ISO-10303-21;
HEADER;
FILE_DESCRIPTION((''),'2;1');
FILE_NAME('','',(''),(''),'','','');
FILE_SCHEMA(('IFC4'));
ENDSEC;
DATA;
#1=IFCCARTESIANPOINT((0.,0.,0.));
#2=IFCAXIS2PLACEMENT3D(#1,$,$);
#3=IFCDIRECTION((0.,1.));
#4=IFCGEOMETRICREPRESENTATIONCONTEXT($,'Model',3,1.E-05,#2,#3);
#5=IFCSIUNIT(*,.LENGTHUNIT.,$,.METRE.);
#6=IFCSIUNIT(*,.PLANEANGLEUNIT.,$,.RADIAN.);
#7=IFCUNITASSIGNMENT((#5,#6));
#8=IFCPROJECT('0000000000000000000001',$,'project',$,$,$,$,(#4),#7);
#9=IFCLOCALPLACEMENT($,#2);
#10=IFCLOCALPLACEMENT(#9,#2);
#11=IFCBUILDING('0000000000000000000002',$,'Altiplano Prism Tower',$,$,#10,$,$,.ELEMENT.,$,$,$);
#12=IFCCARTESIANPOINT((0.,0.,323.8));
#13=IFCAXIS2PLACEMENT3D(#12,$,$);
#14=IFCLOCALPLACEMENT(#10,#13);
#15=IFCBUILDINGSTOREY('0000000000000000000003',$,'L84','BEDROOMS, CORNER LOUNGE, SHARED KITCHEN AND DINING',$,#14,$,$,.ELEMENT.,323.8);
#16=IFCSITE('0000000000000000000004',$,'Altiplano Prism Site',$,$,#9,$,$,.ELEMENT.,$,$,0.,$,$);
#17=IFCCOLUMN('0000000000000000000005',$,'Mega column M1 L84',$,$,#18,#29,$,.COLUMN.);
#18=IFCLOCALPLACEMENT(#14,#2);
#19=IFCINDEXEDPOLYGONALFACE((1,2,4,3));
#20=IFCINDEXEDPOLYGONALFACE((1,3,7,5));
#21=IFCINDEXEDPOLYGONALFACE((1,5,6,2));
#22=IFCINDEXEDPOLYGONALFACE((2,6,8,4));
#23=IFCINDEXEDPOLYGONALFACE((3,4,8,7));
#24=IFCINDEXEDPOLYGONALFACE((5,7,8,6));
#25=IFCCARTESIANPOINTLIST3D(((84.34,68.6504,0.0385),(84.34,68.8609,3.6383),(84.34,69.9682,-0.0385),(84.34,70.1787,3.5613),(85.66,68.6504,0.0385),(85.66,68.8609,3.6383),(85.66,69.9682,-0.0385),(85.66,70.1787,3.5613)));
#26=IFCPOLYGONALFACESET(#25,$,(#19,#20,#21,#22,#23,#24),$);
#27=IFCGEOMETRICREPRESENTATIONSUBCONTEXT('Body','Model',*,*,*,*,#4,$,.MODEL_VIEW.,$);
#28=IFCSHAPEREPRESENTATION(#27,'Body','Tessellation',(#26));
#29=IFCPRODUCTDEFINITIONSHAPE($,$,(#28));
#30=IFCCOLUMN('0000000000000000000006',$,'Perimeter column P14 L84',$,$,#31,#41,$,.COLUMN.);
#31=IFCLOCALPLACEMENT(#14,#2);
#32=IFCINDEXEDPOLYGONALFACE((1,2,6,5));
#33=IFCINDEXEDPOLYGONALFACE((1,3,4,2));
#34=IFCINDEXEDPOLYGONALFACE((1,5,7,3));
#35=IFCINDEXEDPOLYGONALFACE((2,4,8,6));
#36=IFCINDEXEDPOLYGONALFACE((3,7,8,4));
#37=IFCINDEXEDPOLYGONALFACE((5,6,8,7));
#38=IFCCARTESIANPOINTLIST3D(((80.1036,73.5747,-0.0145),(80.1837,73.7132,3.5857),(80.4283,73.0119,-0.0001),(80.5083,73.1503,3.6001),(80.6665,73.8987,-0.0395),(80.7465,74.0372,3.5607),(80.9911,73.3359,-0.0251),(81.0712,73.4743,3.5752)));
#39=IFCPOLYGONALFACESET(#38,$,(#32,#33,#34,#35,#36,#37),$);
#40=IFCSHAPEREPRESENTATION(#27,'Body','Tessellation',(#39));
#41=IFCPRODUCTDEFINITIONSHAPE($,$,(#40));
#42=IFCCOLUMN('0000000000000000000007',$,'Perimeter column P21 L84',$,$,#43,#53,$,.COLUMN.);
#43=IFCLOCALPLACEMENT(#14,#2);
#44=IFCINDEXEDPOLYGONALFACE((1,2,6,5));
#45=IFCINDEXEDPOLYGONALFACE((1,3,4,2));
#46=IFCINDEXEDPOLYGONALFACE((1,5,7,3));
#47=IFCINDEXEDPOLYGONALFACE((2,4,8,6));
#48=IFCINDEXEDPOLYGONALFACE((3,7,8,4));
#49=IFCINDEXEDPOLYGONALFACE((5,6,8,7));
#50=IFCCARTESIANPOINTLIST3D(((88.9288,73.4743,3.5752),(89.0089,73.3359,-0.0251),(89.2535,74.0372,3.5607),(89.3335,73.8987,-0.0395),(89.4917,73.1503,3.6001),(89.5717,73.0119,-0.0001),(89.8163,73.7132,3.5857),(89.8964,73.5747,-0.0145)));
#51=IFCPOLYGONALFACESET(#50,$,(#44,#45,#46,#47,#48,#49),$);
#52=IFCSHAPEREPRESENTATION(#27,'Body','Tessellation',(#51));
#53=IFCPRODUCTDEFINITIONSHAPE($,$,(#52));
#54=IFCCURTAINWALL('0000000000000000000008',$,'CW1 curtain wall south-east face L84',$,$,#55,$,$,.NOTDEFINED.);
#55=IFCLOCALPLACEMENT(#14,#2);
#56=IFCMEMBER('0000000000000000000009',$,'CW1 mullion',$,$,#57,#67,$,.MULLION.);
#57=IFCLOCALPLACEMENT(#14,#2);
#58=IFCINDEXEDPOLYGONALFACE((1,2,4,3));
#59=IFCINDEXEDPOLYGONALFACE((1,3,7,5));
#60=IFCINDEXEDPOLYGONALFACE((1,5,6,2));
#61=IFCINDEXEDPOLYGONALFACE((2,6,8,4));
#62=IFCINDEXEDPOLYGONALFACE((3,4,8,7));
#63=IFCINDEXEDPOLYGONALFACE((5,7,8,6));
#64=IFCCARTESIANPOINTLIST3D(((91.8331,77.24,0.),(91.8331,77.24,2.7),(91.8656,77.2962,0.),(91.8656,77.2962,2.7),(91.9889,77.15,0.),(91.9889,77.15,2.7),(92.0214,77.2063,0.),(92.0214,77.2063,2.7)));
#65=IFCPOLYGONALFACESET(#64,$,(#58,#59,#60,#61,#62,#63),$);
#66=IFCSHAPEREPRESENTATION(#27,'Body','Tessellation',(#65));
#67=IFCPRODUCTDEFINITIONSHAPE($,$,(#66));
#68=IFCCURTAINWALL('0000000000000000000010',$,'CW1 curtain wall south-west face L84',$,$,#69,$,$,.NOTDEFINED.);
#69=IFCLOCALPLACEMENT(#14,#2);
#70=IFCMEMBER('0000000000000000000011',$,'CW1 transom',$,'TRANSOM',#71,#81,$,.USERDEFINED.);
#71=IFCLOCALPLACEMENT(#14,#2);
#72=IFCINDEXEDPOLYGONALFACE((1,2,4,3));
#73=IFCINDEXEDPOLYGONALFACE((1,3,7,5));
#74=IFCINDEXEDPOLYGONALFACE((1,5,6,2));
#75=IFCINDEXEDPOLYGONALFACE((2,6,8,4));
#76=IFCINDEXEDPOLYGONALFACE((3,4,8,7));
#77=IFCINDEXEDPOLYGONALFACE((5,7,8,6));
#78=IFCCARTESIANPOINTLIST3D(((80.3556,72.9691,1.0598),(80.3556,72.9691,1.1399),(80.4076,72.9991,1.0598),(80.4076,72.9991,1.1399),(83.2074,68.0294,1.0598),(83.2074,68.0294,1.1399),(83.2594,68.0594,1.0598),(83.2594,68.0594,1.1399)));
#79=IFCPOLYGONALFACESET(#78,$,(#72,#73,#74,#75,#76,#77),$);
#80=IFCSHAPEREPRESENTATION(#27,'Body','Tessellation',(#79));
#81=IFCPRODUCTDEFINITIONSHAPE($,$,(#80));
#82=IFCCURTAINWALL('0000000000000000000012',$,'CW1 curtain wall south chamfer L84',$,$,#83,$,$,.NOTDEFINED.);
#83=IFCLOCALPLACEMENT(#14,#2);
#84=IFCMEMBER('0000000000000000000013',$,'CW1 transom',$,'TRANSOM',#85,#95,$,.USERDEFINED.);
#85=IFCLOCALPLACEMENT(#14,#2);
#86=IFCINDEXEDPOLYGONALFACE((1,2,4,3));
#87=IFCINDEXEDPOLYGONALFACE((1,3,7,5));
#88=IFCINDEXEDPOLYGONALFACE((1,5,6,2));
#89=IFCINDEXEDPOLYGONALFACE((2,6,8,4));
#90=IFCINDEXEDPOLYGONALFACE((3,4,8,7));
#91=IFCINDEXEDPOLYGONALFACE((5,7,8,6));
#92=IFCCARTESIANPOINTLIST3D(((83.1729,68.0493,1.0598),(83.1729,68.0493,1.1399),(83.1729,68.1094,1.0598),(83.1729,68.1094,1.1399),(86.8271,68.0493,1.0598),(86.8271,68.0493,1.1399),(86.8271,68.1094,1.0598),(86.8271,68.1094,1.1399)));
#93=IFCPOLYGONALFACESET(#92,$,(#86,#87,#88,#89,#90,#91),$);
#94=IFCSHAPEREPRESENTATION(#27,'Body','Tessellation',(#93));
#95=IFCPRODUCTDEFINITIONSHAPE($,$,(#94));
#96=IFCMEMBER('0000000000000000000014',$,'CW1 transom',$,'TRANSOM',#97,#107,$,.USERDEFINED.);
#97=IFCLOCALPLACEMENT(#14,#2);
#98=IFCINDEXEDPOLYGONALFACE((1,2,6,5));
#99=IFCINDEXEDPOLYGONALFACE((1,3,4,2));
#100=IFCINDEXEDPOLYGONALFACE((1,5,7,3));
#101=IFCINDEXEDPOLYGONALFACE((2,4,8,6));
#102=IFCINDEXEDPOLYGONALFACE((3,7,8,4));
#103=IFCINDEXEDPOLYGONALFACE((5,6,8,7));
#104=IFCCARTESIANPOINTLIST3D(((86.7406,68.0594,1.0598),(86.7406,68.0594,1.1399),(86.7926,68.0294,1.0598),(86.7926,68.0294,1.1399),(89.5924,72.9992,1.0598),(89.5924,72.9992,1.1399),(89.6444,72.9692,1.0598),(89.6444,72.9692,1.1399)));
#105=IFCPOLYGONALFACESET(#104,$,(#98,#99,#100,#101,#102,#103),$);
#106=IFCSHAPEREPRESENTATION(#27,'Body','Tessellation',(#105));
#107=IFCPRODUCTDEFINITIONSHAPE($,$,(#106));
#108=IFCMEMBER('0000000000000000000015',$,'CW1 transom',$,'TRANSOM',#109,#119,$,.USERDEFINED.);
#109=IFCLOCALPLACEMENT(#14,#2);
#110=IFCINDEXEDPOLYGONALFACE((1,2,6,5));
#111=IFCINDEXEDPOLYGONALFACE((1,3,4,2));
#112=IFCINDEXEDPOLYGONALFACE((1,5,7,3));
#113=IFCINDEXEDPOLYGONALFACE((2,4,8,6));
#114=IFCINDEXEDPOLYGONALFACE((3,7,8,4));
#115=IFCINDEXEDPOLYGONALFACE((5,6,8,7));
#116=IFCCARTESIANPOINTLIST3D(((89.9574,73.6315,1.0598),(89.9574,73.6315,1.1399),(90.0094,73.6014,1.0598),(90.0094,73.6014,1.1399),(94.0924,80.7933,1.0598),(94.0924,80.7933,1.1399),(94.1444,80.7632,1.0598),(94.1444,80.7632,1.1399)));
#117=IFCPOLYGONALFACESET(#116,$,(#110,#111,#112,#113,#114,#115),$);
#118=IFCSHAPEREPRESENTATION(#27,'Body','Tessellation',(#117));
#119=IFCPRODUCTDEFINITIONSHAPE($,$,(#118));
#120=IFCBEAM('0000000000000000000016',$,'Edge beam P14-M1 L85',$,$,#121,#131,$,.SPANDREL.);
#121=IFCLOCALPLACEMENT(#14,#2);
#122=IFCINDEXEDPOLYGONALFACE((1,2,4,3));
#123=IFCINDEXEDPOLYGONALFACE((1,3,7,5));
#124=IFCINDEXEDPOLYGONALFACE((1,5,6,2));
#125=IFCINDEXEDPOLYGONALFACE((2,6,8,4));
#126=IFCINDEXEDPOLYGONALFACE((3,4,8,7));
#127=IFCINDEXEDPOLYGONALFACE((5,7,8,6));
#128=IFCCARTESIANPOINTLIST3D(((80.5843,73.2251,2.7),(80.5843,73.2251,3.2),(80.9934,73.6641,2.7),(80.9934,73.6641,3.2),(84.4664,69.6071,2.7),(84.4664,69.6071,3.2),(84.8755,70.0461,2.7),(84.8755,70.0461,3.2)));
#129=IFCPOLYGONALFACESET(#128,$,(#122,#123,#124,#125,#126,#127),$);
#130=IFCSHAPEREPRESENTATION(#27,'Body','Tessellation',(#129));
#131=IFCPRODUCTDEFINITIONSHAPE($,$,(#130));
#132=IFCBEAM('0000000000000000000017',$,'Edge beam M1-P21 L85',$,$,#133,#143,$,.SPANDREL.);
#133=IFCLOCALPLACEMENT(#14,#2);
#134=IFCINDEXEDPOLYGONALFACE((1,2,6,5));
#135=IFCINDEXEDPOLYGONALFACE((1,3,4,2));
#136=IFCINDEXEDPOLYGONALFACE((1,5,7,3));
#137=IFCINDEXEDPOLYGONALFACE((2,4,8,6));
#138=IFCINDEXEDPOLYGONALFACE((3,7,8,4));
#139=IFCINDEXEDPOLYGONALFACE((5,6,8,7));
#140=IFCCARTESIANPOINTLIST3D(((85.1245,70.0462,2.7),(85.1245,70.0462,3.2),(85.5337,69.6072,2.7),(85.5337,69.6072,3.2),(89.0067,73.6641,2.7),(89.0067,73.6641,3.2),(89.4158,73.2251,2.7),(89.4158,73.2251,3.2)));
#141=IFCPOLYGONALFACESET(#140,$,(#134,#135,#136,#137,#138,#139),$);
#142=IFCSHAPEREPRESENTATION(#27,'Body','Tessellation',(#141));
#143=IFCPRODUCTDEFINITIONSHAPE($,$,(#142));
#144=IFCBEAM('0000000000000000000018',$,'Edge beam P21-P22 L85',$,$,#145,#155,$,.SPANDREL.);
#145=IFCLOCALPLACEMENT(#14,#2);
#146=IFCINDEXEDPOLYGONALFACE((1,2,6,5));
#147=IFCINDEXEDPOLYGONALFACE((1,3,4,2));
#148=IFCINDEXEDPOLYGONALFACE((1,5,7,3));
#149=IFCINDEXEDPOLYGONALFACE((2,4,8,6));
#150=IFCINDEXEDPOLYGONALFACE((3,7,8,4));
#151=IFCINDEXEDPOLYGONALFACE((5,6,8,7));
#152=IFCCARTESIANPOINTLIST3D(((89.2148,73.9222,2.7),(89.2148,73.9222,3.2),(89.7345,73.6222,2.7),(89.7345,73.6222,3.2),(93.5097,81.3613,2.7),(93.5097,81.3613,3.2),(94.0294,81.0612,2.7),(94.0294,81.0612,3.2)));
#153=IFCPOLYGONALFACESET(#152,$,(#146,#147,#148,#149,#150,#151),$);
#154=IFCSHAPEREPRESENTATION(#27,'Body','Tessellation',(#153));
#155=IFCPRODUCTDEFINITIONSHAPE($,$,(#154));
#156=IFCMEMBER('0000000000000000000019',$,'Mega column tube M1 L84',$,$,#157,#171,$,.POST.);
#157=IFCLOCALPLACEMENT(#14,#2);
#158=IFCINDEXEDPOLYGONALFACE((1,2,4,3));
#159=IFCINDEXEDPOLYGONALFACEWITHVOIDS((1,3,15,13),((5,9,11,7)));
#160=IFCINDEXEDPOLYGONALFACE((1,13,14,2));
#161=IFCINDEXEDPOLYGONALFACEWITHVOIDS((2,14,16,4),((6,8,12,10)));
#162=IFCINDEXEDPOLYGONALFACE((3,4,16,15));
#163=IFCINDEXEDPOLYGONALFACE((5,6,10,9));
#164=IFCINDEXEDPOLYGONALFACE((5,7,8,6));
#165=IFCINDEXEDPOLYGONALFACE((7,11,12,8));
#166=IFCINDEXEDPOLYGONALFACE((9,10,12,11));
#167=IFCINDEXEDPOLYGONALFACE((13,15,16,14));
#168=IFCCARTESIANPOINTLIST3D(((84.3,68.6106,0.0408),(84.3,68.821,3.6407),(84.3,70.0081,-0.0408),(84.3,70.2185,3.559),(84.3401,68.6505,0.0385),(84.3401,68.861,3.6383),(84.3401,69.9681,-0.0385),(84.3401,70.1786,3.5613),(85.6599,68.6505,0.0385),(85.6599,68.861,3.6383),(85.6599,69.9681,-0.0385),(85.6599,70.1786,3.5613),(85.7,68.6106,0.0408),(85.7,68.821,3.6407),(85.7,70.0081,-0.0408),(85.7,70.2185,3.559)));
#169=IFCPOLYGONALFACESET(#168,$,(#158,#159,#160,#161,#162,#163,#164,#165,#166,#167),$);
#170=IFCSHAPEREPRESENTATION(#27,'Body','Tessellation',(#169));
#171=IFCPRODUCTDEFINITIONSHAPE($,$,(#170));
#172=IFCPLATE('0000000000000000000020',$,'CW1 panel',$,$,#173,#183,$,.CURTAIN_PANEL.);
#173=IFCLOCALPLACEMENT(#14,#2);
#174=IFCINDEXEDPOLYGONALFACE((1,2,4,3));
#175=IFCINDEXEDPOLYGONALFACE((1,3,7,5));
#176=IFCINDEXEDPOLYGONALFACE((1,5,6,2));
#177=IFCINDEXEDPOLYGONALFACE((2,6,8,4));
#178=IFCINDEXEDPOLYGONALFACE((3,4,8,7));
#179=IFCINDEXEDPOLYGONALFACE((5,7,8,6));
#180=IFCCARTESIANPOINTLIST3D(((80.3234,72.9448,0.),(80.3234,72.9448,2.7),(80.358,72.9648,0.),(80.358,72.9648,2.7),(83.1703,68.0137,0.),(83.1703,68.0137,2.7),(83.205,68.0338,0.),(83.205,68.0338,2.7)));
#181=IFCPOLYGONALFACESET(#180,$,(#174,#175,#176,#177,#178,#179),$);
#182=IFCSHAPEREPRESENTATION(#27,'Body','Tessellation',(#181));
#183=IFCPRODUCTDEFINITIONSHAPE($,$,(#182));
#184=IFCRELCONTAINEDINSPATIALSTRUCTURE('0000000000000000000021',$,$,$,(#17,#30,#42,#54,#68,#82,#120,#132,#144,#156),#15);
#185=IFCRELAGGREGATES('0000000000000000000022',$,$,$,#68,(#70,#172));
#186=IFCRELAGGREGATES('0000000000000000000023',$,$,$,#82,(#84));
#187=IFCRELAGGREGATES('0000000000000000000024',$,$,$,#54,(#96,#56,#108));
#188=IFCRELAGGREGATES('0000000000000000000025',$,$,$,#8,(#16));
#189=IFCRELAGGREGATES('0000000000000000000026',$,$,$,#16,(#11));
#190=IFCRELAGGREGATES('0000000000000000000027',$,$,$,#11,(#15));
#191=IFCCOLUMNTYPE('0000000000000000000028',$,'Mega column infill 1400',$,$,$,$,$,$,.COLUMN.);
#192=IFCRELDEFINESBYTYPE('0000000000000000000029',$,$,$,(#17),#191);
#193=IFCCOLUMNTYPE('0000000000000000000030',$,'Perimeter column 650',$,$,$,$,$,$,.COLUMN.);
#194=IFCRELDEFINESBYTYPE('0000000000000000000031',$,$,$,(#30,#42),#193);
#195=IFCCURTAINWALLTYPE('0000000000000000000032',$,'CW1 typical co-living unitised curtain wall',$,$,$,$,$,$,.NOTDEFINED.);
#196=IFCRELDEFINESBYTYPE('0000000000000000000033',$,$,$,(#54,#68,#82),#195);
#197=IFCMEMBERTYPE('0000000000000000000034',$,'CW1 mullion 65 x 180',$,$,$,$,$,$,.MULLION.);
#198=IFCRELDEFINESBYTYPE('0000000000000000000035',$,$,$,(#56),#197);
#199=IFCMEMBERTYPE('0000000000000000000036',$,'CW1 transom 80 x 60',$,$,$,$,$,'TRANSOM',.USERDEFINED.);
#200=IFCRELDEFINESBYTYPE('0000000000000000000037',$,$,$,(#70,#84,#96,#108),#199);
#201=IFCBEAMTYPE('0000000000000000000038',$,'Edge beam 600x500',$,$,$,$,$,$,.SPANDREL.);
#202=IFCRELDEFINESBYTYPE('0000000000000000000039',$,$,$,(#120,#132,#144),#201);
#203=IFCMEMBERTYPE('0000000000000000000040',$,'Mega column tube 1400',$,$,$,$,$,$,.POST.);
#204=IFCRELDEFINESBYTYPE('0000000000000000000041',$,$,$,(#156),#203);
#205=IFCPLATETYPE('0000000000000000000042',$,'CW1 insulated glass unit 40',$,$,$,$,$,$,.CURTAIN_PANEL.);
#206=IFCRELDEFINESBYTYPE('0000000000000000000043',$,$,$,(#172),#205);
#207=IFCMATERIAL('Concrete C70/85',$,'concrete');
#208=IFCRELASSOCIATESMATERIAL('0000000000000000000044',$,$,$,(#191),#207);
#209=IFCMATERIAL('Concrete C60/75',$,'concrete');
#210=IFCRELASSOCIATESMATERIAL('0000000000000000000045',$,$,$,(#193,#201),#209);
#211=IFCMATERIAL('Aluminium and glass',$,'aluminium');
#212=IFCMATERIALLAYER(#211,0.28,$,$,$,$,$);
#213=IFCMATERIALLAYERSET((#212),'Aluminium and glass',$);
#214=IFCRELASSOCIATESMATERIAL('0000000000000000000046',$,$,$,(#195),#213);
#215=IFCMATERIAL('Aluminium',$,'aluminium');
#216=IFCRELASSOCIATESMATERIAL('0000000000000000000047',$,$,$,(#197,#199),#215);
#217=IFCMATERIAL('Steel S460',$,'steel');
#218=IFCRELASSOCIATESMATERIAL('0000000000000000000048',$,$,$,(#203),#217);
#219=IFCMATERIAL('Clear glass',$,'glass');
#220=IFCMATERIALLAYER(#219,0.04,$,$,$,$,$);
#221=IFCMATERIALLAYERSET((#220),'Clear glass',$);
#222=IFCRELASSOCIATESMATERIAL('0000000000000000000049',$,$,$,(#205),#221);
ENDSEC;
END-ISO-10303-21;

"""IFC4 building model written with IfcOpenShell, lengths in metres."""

from ifc_helpers import new_model, si_unit, direction, frame, origin, origin_2d, place, context, subcontext, project, spatial, rectangle, hollow_rectangle, extrude, material, layer, layer_set, material_profile, profile_set, type_object, element, aggregate, save


model = new_model("IFC4")

# Units and contexts
model_context = context("Model", 3, precision=1e-05, world=origin(), true_north=direction((0.0, 1.0)))
body_context = subcontext(model_context, "Body", "Model", "MODEL_VIEW")
ifc_project = project(units=[si_unit("LENGTHUNIT", "METRE"), si_unit("PLANEANGLEUNIT", "RADIAN")], contexts=[model_context])

# Site, building, storey
site_placement = place(None, origin())
site = spatial("IfcSite", under=ifc_project, at=site_placement, Name="Altiplano Prism Site", CompositionType="ELEMENT", RefElevation=0.0)
building_placement = place(site_placement, origin())
building = spatial("IfcBuilding", under=site, at=building_placement, Name="Altiplano Prism Tower", CompositionType="ELEMENT")
storey_placement = place(building_placement, frame((0.0, 0.0, 323.8)))
storey = spatial("IfcBuildingStorey", under=building, at=storey_placement, Name="L84", Description="BEDROOMS, CORNER LOUNGE, SHARED KITCHEN AND DINING", CompositionType="ELEMENT", Elevation=323.8)

# Columns
ifc_material_1 = material(Name="Concrete C70/85", Category="concrete")
ifc_material_profile_1 = material_profile(ifc_material_1, rectangle(XDim=1.3201, YDim=1.3201, at=origin_2d()), Name="Mega column infill 1400")
ifc_profile_set_1 = profile_set([ifc_material_profile_1], Name="Concrete C70/85")
column_type_1 = type_object("IfcColumnType", Name="Mega column infill 1400", PredefinedType="COLUMN", material=ifc_profile_set_1)
column_placement = place(storey_placement, frame((85.0, 69.3093, 0.0), z_axis=(0.0, 0.058361, 0.998296), x_axis=(-1.0, 0.0, 0.0)))
element("IfcColumn", 1, at=column_placement, inside=storey, type_object=column_type_1, Name="Mega column M1 L84", PredefinedType="COLUMN", context=body_context, shape_type="SweptSolid", body=[
    extrude(rectangle(XDim=1.3201, YDim=1.3201, at=origin_2d()), origin(), (0.0, 0.0, 1.0), 3.606),
])
ifc_material_2 = material(Name="Concrete C60/75", Category="concrete")
ifc_material_profile_2 = material_profile(ifc_material_2, rectangle(XDim=0.6499, YDim=0.6499, at=origin_2d()), Name="Perimeter column 650")
ifc_profile_set_2 = profile_set([ifc_material_profile_2], Name="Concrete C60/75")
column_type_2 = type_object("IfcColumnType", Name="Perimeter column 650", PredefinedType="COLUMN", material=ifc_profile_set_2)
for number, where, z_axis, x_axis, name in (
    (2, (80.5474, 73.4553, -0.0198), (0.022221, 0.038413, 0.999015), (-0.866024, -0.498523, 0.038432), "Perimeter column P14 L84"),
    (3, (89.4526, 73.4553, -0.0198), (-0.022221, 0.038413, 0.999015), (-0.499508, -0.866025, 0.022189), "Perimeter column P21 L84"),
):
    element("IfcColumn", number, at=place(storey_placement, frame(where, z_axis=z_axis, x_axis=x_axis)), inside=storey, type_object=column_type_2, Name=name, PredefinedType="COLUMN", context=body_context, shape_type="SweptSolid", body=[
        extrude(rectangle(XDim=0.6499, YDim=0.6499, at=origin_2d()), origin(), (0.0, 0.0, 1.0), 3.6038),
    ])

# Curtain walls, members
ifc_material_3 = material(Name="Aluminium and glass", Category="aluminium")
ifc_layer_1 = layer(ifc_material_3, 0.28)
ifc_layer_set_1 = layer_set([ifc_layer_1], Name="Aluminium and glass")
curtain_wall_type = type_object("IfcCurtainWallType", Name="CW1 typical co-living unitised curtain wall", PredefinedType="NOTDEFINED", material=ifc_layer_set_1)
curtain_wall_1_placement = place(storey_placement, origin())
curtain_wall_1 = element("IfcCurtainWall", 4, at=curtain_wall_1_placement, inside=storey, type_object=curtain_wall_type, Name="CW1 curtain wall south-east face L84", PredefinedType="NOTDEFINED")
ifc_material_4 = material(Name="Aluminium", Category="aluminium")
ifc_material_profile_3 = material_profile(ifc_material_4, rectangle(XDim=0.1799, YDim=0.0649, at=origin_2d()), Name="CW1 mullion 65 x 180")
ifc_profile_set_3 = profile_set([ifc_material_profile_3], Name="Aluminium")
member_type_1 = type_object("IfcMemberType", Name="CW1 mullion 65 x 180", PredefinedType="MULLION", material=ifc_profile_set_3)
member_1_placement = place(storey_placement, frame((91.9272, 77.2231, 0.0), z_axis=(0.0, 0.0, 1.0), x_axis=(-0.866025, 0.5, 0.0)))
member_1 = element("IfcMember", 5, at=member_1_placement, type_object=member_type_1, Name="CW1 mullion", PredefinedType="MULLION", context=body_context, shape_type="SweptSolid", body=[
    extrude(rectangle(XDim=0.1799, YDim=0.0649, at=origin_2d()), origin(), (0.0, 0.0, 1.0), 2.7),
])
curtain_wall_2_placement = place(storey_placement, origin())
curtain_wall_2 = element("IfcCurtainWall", 6, at=curtain_wall_2_placement, inside=storey, type_object=curtain_wall_type, Name="CW1 curtain wall south-west face L84", PredefinedType="NOTDEFINED")
ifc_material_profile_4 = material_profile(ifc_material_4, rectangle(XDim=0.0601, YDim=0.0801, at=origin_2d()), Name="CW1 transom 80 x 60")
ifc_profile_set_4 = profile_set([ifc_material_profile_4], Name="Aluminium")
member_type_2 = type_object("IfcMemberType", Name="CW1 transom 80 x 60", ElementType="TRANSOM", PredefinedType="USERDEFINED", material=ifc_profile_set_4)
member_2_placement = place(storey_placement, frame((80.3816, 72.9841, 1.0999), z_axis=(0.499983, -0.866035, 0.0), x_axis=(0.866035, 0.499983, 0.0)))
member_2 = element("IfcMember", 7, at=member_2_placement, type_object=member_type_2, Name="CW1 transom", ObjectType="TRANSOM", PredefinedType="USERDEFINED", context=body_context, shape_type="SweptSolid", body=[
    extrude(rectangle(XDim=0.0601, YDim=0.0801, at=origin_2d()), origin(), (0.0, 0.0, 1.0), 5.7039),
])
curtain_wall_3_placement = place(storey_placement, origin())
curtain_wall_3 = element("IfcCurtainWall", 8, at=curtain_wall_3_placement, inside=storey, type_object=curtain_wall_type, Name="CW1 curtain wall south chamfer L84", PredefinedType="NOTDEFINED")
member_3_placement = place(storey_placement, frame((83.1729, 68.0793, 1.0999), z_axis=(1.0, 0.0, 0.0), x_axis=(0.0, 1.0, 0.0)))
member_3 = element("IfcMember", 9, at=member_3_placement, type_object=member_type_2, Name="CW1 transom", ObjectType="TRANSOM", PredefinedType="USERDEFINED", context=body_context, shape_type="SweptSolid", body=[
    extrude(rectangle(XDim=0.0601, YDim=0.0801, at=origin_2d()), origin(), (0.0, 0.0, 1.0), 3.6543),
])

# Members
member_4_placement = place(storey_placement, frame((86.7666, 68.0444, 1.0999), z_axis=(0.499983, 0.866035, 0.0), x_axis=(-0.866035, 0.499983, 0.0)))
member_4 = element("IfcMember", 10, at=member_4_placement, type_object=member_type_2, Name="CW1 transom", ObjectType="TRANSOM", PredefinedType="USERDEFINED", context=body_context, shape_type="SweptSolid", body=[
    extrude(rectangle(XDim=0.0601, YDim=0.0801, at=origin_2d()), origin(), (0.0, 0.0, 1.0), 5.7039),
])
member_5_placement = place(storey_placement, frame((89.9834, 73.6165, 1.0999), z_axis=(0.50001, 0.86602, 0.0), x_axis=(-0.86602, 0.50001, 0.0)))
member_5 = element("IfcMember", 11, at=member_5_placement, type_object=member_type_2, Name="CW1 transom", ObjectType="TRANSOM", PredefinedType="USERDEFINED", context=body_context, shape_type="SweptSolid", body=[
    extrude(rectangle(XDim=0.0601, YDim=0.0801, at=origin_2d()), origin(), (0.0, 0.0, 1.0), 8.2698),
])

# Beams
ifc_material_profile_5 = material_profile(ifc_material_2, rectangle(XDim=0.6001, YDim=0.5, at=origin_2d()), Name="Edge beam 600x500")
ifc_profile_set_5 = profile_set([ifc_material_profile_5], Name="Concrete C60/75")
beam_type = type_object("IfcBeamType", Name="Edge beam 600x500", PredefinedType="SPANDREL", material=ifc_profile_set_5)
for number, where, z_axis, x_axis, name in (
    (12, (80.7888, 73.4446, 2.95), (0.731558, -0.681779, 0.0), (0.681779, 0.731558, 0.0), "Edge beam P14-M1 L85"),
    (13, (85.3291, 69.8267, 2.95), (0.731558, 0.681779, 0.0), (-0.681779, 0.731558, 0.0), "Edge beam M1-P21 L85"),
):
    element("IfcBeam", number, at=place(storey_placement, frame(where, z_axis=z_axis, x_axis=x_axis)), inside=storey, type_object=beam_type, Name=name, PredefinedType="SPANDREL", context=body_context, shape_type="SweptSolid", body=[
        extrude(rectangle(XDim=0.6001, YDim=0.5, at=origin_2d()), origin(), (0.0, 0.0, 1.0), 5.3066),
    ])
beam_placement = place(storey_placement, frame((89.4746, 73.7722, 2.95), z_axis=(0.500003, 0.866024, 0.0), x_axis=(-0.866024, 0.500003, 0.0)))
element("IfcBeam", 14, at=beam_placement, inside=storey, type_object=beam_type, Name="Edge beam P21-P22 L85", PredefinedType="SPANDREL", context=body_context, shape_type="SweptSolid", body=[
    extrude(rectangle(XDim=0.6001, YDim=0.5, at=origin_2d()), origin(), (0.0, 0.0, 1.0), 8.5898),
])

# Member
ifc_material_5 = material(Name="Steel S460", Category="steel")
ifc_material_profile_6 = material_profile(ifc_material_5, hollow_rectangle(XDim=1.3999, YDim=1.3999, WallThickness=0.04, at=origin_2d()), Name="Mega column tube 1400")
ifc_profile_set_6 = profile_set([ifc_material_profile_6], Name="Steel S460")
member_type_3 = type_object("IfcMemberType", Name="Mega column tube 1400", PredefinedType="POST", material=ifc_profile_set_6)
member_6_placement = place(storey_placement, frame((85.0, 69.3093, 0.0), z_axis=(0.0, 0.058361, 0.998296), x_axis=(-1.0, 0.0, 0.0)))
element("IfcMember", 15, at=member_6_placement, inside=storey, type_object=member_type_3, Name="Mega column tube M1 L84", PredefinedType="POST", context=body_context, shape_type="SweptSolid", body=[
    extrude(hollow_rectangle(XDim=1.3999, YDim=1.3999, WallThickness=0.04, at=origin_2d()), origin(), (0.0, 0.0, 1.0), 3.606),
])

# Plate
ifc_material_6 = material(Name="Clear glass", Category="glass")
ifc_layer_2 = layer(ifc_material_6, 0.04)
ifc_layer_set_2 = layer_set([ifc_layer_2], Name="Clear glass")
plate_type = type_object("IfcPlateType", Name="CW1 insulated glass unit 40", PredefinedType="CURTAIN_PANEL", material=ifc_layer_set_2)
plate_1_placement = place(storey_placement, frame((81.7642, 70.4893, 0.0), z_axis=(0.0, 0.0, 1.0), x_axis=(0.5, -0.866025, 0.0)))
plate_1 = element("IfcPlate", 16, at=plate_1_placement, type_object=plate_type, Name="CW1 panel", PredefinedType="CURTAIN_PANEL", context=body_context, shape_type="SweptSolid", body=[
    extrude(rectangle(XDim=5.6938, YDim=0.04, at=origin_2d()), origin(), (0.0, 0.0, 1.0), 2.7),
])
aggregate(curtain_wall_2, [member_2, plate_1])
aggregate(curtain_wall_3, [member_3])
aggregate(curtain_wall_1, [member_4, member_1, member_5])

save(model, "model.ifc")
